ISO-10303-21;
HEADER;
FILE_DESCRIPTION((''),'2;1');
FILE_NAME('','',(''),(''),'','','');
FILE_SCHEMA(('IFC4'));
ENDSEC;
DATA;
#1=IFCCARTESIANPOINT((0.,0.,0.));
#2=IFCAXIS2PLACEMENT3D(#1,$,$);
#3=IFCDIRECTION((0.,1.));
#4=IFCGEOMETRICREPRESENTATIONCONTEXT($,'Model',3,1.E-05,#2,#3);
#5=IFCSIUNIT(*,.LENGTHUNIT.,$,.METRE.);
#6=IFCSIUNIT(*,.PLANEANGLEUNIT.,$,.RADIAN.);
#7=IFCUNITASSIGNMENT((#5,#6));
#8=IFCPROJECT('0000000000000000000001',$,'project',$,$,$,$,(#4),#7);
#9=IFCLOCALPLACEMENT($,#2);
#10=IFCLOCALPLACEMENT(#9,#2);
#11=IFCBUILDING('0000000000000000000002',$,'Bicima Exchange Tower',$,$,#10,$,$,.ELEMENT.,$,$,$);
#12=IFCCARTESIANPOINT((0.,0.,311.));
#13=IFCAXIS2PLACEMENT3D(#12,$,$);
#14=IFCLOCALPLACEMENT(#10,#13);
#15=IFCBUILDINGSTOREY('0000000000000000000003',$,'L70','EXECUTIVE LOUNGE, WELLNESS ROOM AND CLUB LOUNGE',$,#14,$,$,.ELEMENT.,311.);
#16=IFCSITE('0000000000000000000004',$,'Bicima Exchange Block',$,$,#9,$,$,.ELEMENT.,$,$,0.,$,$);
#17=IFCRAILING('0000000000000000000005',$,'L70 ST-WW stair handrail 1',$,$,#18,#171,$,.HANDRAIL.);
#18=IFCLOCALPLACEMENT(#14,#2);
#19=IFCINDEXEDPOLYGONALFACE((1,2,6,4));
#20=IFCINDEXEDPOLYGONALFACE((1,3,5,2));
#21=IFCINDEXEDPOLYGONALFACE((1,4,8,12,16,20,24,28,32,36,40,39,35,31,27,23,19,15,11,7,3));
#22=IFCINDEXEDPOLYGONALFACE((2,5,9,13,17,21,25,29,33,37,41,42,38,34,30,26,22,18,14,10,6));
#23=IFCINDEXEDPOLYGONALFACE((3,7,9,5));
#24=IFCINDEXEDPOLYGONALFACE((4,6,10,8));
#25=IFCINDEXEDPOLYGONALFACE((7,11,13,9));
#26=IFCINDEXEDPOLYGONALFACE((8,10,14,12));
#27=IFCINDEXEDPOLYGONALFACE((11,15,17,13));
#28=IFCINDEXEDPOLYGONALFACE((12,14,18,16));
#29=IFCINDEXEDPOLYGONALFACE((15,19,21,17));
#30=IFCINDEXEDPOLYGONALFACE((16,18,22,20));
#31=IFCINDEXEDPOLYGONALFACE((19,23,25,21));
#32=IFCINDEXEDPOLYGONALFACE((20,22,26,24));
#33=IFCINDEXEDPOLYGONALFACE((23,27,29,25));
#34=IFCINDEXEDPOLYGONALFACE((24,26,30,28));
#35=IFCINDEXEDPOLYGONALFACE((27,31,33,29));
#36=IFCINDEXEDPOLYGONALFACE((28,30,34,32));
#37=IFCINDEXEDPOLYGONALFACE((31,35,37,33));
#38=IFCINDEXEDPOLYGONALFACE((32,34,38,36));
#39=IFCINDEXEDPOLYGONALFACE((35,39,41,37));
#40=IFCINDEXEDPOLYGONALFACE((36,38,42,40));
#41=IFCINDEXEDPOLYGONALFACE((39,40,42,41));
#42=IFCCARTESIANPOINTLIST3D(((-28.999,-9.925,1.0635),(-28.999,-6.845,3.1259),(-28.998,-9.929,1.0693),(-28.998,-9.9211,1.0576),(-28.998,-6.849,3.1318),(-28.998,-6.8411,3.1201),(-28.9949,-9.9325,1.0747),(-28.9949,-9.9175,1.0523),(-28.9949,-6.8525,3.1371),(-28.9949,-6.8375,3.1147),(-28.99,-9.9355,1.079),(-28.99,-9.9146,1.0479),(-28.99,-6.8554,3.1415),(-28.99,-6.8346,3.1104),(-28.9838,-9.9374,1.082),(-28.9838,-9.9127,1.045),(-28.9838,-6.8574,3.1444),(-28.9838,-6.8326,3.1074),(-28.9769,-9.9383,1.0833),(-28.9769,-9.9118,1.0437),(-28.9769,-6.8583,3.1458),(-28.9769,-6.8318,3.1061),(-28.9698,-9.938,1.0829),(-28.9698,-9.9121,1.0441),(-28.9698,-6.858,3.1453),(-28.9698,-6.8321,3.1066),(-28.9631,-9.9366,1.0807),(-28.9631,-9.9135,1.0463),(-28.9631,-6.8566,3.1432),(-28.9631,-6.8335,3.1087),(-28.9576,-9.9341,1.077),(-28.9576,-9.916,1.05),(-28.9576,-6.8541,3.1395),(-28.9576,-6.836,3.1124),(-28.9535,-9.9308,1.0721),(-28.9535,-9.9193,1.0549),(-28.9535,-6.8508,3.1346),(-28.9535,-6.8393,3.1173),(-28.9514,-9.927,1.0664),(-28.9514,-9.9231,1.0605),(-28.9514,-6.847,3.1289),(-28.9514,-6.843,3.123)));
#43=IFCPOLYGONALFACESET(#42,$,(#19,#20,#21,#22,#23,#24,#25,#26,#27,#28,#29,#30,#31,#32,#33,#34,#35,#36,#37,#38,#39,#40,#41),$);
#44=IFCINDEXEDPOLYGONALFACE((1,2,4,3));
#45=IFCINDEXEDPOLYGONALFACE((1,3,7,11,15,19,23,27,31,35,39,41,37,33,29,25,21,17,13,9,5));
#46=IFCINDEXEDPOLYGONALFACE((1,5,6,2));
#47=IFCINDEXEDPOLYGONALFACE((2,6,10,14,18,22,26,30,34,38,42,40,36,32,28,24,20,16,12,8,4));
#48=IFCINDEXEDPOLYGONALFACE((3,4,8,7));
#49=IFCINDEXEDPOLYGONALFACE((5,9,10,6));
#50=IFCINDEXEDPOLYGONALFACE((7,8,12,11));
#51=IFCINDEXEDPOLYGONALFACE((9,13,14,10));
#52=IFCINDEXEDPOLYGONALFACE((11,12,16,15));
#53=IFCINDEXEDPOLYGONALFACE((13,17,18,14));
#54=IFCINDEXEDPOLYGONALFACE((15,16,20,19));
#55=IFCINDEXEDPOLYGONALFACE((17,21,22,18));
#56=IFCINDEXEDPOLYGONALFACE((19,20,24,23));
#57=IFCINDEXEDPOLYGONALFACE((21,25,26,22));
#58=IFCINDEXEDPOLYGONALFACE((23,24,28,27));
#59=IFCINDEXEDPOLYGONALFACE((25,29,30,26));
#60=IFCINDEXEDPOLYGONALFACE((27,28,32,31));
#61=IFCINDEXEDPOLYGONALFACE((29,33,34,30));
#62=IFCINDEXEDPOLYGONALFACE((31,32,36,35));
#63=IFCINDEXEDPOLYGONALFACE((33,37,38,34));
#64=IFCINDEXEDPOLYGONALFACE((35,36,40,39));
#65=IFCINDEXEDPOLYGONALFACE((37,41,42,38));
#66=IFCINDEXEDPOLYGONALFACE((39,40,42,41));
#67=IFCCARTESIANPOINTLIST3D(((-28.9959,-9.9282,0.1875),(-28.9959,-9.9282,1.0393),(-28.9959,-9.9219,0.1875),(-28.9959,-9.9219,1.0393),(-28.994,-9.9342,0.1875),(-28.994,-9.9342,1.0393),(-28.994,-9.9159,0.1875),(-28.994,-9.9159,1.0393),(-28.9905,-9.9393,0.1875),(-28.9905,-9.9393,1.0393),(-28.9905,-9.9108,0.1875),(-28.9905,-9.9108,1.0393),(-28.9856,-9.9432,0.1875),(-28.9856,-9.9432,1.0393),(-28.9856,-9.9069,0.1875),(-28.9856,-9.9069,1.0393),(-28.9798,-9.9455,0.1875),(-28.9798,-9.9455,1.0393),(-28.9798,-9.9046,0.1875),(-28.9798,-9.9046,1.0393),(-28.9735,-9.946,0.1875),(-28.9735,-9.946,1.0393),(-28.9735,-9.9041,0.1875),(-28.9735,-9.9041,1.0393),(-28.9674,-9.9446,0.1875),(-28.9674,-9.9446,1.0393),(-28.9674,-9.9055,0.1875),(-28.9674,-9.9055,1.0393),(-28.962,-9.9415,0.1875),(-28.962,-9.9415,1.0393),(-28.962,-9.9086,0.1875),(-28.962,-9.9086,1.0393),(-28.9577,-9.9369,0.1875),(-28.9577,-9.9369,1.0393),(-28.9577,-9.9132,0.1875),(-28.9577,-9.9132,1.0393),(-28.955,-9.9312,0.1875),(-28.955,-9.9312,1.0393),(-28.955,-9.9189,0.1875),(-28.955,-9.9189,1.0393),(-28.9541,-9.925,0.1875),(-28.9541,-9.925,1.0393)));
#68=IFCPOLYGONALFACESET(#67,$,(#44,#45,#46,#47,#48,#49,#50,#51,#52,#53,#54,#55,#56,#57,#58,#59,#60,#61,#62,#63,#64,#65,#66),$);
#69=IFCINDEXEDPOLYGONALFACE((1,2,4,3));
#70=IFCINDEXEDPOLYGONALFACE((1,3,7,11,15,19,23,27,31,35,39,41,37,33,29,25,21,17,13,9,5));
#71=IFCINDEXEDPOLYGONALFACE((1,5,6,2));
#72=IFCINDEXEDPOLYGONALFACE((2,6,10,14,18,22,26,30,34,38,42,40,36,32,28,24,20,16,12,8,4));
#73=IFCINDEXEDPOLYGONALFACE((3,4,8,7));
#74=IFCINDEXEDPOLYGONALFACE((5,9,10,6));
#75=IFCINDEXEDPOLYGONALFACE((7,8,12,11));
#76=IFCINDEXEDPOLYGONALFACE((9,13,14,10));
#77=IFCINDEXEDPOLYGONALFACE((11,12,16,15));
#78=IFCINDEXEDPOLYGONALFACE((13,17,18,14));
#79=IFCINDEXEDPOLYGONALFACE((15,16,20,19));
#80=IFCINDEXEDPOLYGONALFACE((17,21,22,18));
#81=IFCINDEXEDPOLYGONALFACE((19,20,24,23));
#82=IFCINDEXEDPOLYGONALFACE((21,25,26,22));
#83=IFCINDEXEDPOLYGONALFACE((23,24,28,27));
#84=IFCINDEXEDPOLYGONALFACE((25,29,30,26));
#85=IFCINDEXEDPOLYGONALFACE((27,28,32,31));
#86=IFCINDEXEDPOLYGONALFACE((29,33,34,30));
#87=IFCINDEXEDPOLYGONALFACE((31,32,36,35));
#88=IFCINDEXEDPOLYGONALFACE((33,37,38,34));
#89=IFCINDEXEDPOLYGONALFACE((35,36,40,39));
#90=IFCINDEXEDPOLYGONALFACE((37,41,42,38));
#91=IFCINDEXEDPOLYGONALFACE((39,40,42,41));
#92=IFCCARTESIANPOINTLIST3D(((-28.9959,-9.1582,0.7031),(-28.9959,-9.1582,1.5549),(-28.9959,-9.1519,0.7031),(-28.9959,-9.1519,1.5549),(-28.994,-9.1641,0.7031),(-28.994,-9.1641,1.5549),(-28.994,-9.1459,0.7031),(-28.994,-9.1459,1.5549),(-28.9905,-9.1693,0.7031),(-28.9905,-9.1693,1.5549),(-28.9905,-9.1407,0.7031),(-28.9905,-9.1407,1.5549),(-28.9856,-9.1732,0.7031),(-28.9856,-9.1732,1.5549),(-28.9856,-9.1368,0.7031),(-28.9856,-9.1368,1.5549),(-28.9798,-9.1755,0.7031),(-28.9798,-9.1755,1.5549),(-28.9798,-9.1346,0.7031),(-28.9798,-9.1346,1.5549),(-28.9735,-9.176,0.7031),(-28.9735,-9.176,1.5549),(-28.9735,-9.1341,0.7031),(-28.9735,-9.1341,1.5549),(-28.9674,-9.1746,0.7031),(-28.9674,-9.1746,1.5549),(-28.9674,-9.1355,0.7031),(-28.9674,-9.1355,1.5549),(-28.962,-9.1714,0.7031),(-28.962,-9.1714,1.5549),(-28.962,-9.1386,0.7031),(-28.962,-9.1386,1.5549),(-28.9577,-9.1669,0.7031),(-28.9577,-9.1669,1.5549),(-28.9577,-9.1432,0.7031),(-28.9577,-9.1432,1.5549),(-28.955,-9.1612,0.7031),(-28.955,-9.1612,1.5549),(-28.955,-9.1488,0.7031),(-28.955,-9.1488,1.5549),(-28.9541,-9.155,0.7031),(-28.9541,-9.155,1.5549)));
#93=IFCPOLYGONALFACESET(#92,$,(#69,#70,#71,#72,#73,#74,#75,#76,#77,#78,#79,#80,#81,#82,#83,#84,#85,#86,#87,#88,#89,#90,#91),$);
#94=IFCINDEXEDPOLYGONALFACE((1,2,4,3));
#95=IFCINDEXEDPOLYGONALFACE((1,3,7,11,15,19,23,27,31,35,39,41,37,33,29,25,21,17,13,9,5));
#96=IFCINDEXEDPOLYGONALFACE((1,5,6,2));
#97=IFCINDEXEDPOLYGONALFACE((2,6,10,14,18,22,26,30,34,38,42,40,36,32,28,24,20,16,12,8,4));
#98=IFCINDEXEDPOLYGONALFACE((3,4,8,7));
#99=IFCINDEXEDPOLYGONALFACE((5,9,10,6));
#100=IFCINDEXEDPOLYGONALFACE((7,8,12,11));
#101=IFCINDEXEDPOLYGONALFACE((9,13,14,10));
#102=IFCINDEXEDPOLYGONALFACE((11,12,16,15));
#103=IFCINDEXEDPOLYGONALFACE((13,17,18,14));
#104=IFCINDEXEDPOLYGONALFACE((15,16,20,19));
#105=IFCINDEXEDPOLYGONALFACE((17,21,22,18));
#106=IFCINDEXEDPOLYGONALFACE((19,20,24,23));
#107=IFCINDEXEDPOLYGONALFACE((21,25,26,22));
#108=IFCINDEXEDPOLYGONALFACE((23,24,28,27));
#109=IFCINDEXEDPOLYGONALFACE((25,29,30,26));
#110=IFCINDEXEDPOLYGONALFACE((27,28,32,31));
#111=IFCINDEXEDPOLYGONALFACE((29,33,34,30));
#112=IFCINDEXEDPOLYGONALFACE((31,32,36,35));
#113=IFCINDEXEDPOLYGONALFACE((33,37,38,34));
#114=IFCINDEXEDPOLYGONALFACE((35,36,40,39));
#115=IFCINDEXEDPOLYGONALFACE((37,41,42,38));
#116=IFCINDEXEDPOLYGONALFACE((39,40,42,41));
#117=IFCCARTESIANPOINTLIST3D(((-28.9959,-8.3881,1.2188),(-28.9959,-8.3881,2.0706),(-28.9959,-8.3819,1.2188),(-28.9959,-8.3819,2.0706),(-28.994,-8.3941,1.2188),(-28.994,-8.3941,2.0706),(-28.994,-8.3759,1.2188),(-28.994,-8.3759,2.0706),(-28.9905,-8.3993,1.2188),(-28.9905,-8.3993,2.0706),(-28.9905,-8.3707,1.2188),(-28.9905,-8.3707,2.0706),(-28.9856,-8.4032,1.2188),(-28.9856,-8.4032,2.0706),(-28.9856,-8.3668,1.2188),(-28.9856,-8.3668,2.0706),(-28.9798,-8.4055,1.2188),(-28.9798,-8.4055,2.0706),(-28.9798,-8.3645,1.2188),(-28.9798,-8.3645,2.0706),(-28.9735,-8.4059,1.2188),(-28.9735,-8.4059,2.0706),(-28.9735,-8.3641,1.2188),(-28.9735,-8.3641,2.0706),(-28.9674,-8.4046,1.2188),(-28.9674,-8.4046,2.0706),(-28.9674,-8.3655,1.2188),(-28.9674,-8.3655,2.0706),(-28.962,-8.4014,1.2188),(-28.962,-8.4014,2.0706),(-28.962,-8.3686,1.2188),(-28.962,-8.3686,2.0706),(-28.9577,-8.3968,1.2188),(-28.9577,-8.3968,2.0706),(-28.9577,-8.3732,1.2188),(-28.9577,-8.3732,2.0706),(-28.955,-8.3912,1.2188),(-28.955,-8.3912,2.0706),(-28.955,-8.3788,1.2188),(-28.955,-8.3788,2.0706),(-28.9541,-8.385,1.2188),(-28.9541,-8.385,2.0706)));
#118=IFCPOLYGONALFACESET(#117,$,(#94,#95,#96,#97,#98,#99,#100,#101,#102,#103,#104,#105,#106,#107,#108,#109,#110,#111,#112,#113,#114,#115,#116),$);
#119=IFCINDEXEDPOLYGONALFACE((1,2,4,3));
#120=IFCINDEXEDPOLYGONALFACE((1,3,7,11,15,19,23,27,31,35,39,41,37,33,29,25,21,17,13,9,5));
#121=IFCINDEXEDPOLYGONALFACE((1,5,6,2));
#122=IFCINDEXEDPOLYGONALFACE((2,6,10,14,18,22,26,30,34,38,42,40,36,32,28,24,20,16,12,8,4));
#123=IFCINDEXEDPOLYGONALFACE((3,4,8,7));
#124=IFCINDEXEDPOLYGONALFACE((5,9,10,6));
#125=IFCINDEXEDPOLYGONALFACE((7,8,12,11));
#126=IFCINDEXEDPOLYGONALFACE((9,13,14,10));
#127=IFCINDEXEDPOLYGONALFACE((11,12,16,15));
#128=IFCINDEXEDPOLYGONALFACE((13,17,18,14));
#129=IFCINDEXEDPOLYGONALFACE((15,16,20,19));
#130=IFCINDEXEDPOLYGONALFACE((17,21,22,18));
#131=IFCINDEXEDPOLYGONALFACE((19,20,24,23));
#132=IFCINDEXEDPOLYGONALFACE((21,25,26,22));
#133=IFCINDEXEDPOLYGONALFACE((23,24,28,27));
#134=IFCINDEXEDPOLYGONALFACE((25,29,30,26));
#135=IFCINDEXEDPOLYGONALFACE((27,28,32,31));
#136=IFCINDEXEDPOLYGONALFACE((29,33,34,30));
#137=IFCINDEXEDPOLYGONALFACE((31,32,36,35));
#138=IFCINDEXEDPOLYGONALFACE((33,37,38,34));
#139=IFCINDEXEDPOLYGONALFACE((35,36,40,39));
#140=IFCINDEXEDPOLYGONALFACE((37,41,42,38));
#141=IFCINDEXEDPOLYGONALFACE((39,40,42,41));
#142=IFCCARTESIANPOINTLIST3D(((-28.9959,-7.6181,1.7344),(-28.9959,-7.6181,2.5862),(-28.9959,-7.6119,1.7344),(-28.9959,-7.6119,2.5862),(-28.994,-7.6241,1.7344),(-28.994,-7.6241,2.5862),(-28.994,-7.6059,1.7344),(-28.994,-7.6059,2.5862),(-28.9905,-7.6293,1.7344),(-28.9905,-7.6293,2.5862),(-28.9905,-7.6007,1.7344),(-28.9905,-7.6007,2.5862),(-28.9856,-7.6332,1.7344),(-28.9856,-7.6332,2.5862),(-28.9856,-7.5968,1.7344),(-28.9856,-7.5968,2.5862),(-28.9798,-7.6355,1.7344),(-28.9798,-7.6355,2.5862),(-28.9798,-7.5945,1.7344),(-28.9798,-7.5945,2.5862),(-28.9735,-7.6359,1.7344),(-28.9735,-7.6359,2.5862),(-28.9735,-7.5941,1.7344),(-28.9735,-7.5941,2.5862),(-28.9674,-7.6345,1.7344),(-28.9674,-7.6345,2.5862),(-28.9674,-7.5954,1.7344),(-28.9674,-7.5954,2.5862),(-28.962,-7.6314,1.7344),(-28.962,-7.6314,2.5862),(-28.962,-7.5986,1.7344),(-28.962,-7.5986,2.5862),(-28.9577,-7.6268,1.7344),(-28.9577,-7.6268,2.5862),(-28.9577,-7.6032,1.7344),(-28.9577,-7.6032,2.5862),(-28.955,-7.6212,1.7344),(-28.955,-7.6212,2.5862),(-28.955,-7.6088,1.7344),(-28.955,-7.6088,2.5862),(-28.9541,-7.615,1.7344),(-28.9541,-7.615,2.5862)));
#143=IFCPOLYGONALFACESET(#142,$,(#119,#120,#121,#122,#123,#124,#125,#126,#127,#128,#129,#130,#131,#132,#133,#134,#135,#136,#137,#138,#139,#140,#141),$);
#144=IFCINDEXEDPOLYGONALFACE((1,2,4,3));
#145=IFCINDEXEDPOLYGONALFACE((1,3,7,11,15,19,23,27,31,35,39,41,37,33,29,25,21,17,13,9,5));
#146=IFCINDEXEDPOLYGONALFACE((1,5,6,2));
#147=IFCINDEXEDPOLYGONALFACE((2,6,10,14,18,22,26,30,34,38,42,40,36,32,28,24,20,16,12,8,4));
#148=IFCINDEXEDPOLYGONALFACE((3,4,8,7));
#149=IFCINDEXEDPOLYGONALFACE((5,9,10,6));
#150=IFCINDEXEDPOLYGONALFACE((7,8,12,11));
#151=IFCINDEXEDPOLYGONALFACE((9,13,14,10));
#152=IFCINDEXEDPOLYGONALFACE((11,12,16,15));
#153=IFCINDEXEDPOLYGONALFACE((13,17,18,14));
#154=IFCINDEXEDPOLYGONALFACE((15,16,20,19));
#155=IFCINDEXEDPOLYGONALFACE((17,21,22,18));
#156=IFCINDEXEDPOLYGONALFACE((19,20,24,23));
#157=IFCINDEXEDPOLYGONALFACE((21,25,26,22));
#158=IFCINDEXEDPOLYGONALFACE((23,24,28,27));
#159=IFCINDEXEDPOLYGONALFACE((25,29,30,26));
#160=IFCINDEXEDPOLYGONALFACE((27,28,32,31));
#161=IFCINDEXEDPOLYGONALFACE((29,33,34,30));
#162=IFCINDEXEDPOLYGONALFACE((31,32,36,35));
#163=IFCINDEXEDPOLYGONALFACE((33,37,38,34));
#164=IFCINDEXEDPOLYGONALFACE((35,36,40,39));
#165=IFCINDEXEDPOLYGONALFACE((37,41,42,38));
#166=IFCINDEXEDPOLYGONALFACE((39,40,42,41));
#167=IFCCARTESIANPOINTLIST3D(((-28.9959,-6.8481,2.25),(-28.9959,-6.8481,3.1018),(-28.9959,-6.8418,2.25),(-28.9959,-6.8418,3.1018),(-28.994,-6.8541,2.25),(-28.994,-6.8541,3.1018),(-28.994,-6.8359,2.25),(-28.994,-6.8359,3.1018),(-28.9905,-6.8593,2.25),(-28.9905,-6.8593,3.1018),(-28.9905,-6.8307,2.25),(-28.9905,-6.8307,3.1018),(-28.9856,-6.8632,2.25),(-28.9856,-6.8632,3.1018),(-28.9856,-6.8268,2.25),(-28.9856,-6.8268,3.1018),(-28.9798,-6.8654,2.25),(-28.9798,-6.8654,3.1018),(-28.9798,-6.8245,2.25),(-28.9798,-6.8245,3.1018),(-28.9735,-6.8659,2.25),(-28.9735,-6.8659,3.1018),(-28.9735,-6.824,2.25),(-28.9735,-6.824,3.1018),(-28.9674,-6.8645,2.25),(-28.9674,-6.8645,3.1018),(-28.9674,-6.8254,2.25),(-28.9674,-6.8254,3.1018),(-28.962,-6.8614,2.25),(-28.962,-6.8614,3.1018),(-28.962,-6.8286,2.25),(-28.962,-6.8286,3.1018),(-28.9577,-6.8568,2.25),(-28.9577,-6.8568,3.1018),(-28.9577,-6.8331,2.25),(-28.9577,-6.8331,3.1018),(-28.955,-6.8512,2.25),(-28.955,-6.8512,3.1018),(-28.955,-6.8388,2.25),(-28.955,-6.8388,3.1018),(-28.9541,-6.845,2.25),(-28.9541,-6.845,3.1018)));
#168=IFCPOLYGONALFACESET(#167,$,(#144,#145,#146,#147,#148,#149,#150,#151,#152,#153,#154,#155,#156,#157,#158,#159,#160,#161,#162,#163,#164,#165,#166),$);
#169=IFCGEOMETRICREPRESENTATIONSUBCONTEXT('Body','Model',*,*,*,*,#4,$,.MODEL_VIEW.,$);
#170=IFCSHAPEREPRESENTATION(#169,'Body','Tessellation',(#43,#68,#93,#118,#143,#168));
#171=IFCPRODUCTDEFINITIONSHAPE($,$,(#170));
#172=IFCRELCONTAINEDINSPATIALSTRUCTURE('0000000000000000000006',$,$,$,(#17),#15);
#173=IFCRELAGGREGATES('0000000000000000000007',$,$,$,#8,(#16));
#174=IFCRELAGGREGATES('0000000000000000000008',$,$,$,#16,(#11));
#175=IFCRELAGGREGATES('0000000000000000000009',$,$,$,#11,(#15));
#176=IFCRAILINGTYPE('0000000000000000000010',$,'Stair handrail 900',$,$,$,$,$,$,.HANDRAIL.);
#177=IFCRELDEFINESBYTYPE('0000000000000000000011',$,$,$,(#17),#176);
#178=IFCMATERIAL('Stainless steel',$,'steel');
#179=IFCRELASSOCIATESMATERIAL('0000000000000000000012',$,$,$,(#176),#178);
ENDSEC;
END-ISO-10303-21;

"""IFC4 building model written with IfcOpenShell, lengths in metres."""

from ifc_helpers import new_model, si_unit, direction, frame, origin, origin_2d, place, context, subcontext, project, spatial, circle, extrude, material, type_object, element, save


model = new_model("IFC4")

# Units and contexts
model_context = context("Model", 3, precision=1e-05, world=origin(), true_north=direction((0.0, 1.0)))
body_context = subcontext(model_context, "Body", "Model", "MODEL_VIEW")
ifc_project = project(units=[si_unit("LENGTHUNIT", "METRE"), si_unit("PLANEANGLEUNIT", "RADIAN")], contexts=[model_context])

# Site, building, storey
site_placement = place(None, origin())
site = spatial("IfcSite", under=ifc_project, at=site_placement, Name="Bicima Exchange Block", CompositionType="ELEMENT", RefElevation=0.0)
building_placement = place(site_placement, origin())
building = spatial("IfcBuilding", under=site, at=building_placement, Name="Bicima Exchange Tower", CompositionType="ELEMENT")
storey_placement = place(building_placement, frame((0.0, 0.0, 311.0)))
storey = spatial("IfcBuildingStorey", under=building, at=storey_placement, Name="L70", Description="EXECUTIVE LOUNGE, WELLNESS ROOM AND CLUB LOUNGE", CompositionType="ELEMENT", Elevation=311.0)

# Railing
ifc_material_1 = material(Name="Stainless steel", Category="steel")
railing_type_1 = type_object("IfcRailingType", Name="Stair handrail 900", PredefinedType="HANDRAIL", material=ifc_material_1)
railing_1_placement = place(storey_placement, frame((-28.9751, -9.925, 0.1875)))
element("IfcRailing", 1, at=railing_1_placement, inside=storey, type_object=railing_type_1, Name="L70 ST-WW stair handrail 1", PredefinedType="HANDRAIL", context=body_context, shape_type="SweptSolid", body=[
    extrude(circle(Radius=0.0239, at=origin_2d()), frame((0.0, 0.0, 0.876), z_axis=(0.0, 0.830914, 0.556401), x_axis=(-1.0, 0.0, 0.0)), (0.0, 0.0, 1.0), 3.7068),
    extrude(circle(Radius=0.021, at=origin_2d()), origin(), (0.0, 0.0, 1.0), 0.8518),
    extrude(circle(Radius=0.021, at=origin_2d()), frame((0.0, 0.77, 0.5156)), (0.0, 0.0, 1.0), 0.8518),
    extrude(circle(Radius=0.021, at=origin_2d()), frame((0.0, 1.54, 1.0312)), (0.0, 0.0, 1.0), 0.8518),
    extrude(circle(Radius=0.021, at=origin_2d()), frame((0.0, 2.3101, 1.5469)), (0.0, 0.0, 1.0), 0.8518),
    extrude(circle(Radius=0.021, at=origin_2d()), frame((0.0, 3.0801, 2.0625)), (0.0, 0.0, 1.0), 0.8518),
])

save(model, "model.ifc")
